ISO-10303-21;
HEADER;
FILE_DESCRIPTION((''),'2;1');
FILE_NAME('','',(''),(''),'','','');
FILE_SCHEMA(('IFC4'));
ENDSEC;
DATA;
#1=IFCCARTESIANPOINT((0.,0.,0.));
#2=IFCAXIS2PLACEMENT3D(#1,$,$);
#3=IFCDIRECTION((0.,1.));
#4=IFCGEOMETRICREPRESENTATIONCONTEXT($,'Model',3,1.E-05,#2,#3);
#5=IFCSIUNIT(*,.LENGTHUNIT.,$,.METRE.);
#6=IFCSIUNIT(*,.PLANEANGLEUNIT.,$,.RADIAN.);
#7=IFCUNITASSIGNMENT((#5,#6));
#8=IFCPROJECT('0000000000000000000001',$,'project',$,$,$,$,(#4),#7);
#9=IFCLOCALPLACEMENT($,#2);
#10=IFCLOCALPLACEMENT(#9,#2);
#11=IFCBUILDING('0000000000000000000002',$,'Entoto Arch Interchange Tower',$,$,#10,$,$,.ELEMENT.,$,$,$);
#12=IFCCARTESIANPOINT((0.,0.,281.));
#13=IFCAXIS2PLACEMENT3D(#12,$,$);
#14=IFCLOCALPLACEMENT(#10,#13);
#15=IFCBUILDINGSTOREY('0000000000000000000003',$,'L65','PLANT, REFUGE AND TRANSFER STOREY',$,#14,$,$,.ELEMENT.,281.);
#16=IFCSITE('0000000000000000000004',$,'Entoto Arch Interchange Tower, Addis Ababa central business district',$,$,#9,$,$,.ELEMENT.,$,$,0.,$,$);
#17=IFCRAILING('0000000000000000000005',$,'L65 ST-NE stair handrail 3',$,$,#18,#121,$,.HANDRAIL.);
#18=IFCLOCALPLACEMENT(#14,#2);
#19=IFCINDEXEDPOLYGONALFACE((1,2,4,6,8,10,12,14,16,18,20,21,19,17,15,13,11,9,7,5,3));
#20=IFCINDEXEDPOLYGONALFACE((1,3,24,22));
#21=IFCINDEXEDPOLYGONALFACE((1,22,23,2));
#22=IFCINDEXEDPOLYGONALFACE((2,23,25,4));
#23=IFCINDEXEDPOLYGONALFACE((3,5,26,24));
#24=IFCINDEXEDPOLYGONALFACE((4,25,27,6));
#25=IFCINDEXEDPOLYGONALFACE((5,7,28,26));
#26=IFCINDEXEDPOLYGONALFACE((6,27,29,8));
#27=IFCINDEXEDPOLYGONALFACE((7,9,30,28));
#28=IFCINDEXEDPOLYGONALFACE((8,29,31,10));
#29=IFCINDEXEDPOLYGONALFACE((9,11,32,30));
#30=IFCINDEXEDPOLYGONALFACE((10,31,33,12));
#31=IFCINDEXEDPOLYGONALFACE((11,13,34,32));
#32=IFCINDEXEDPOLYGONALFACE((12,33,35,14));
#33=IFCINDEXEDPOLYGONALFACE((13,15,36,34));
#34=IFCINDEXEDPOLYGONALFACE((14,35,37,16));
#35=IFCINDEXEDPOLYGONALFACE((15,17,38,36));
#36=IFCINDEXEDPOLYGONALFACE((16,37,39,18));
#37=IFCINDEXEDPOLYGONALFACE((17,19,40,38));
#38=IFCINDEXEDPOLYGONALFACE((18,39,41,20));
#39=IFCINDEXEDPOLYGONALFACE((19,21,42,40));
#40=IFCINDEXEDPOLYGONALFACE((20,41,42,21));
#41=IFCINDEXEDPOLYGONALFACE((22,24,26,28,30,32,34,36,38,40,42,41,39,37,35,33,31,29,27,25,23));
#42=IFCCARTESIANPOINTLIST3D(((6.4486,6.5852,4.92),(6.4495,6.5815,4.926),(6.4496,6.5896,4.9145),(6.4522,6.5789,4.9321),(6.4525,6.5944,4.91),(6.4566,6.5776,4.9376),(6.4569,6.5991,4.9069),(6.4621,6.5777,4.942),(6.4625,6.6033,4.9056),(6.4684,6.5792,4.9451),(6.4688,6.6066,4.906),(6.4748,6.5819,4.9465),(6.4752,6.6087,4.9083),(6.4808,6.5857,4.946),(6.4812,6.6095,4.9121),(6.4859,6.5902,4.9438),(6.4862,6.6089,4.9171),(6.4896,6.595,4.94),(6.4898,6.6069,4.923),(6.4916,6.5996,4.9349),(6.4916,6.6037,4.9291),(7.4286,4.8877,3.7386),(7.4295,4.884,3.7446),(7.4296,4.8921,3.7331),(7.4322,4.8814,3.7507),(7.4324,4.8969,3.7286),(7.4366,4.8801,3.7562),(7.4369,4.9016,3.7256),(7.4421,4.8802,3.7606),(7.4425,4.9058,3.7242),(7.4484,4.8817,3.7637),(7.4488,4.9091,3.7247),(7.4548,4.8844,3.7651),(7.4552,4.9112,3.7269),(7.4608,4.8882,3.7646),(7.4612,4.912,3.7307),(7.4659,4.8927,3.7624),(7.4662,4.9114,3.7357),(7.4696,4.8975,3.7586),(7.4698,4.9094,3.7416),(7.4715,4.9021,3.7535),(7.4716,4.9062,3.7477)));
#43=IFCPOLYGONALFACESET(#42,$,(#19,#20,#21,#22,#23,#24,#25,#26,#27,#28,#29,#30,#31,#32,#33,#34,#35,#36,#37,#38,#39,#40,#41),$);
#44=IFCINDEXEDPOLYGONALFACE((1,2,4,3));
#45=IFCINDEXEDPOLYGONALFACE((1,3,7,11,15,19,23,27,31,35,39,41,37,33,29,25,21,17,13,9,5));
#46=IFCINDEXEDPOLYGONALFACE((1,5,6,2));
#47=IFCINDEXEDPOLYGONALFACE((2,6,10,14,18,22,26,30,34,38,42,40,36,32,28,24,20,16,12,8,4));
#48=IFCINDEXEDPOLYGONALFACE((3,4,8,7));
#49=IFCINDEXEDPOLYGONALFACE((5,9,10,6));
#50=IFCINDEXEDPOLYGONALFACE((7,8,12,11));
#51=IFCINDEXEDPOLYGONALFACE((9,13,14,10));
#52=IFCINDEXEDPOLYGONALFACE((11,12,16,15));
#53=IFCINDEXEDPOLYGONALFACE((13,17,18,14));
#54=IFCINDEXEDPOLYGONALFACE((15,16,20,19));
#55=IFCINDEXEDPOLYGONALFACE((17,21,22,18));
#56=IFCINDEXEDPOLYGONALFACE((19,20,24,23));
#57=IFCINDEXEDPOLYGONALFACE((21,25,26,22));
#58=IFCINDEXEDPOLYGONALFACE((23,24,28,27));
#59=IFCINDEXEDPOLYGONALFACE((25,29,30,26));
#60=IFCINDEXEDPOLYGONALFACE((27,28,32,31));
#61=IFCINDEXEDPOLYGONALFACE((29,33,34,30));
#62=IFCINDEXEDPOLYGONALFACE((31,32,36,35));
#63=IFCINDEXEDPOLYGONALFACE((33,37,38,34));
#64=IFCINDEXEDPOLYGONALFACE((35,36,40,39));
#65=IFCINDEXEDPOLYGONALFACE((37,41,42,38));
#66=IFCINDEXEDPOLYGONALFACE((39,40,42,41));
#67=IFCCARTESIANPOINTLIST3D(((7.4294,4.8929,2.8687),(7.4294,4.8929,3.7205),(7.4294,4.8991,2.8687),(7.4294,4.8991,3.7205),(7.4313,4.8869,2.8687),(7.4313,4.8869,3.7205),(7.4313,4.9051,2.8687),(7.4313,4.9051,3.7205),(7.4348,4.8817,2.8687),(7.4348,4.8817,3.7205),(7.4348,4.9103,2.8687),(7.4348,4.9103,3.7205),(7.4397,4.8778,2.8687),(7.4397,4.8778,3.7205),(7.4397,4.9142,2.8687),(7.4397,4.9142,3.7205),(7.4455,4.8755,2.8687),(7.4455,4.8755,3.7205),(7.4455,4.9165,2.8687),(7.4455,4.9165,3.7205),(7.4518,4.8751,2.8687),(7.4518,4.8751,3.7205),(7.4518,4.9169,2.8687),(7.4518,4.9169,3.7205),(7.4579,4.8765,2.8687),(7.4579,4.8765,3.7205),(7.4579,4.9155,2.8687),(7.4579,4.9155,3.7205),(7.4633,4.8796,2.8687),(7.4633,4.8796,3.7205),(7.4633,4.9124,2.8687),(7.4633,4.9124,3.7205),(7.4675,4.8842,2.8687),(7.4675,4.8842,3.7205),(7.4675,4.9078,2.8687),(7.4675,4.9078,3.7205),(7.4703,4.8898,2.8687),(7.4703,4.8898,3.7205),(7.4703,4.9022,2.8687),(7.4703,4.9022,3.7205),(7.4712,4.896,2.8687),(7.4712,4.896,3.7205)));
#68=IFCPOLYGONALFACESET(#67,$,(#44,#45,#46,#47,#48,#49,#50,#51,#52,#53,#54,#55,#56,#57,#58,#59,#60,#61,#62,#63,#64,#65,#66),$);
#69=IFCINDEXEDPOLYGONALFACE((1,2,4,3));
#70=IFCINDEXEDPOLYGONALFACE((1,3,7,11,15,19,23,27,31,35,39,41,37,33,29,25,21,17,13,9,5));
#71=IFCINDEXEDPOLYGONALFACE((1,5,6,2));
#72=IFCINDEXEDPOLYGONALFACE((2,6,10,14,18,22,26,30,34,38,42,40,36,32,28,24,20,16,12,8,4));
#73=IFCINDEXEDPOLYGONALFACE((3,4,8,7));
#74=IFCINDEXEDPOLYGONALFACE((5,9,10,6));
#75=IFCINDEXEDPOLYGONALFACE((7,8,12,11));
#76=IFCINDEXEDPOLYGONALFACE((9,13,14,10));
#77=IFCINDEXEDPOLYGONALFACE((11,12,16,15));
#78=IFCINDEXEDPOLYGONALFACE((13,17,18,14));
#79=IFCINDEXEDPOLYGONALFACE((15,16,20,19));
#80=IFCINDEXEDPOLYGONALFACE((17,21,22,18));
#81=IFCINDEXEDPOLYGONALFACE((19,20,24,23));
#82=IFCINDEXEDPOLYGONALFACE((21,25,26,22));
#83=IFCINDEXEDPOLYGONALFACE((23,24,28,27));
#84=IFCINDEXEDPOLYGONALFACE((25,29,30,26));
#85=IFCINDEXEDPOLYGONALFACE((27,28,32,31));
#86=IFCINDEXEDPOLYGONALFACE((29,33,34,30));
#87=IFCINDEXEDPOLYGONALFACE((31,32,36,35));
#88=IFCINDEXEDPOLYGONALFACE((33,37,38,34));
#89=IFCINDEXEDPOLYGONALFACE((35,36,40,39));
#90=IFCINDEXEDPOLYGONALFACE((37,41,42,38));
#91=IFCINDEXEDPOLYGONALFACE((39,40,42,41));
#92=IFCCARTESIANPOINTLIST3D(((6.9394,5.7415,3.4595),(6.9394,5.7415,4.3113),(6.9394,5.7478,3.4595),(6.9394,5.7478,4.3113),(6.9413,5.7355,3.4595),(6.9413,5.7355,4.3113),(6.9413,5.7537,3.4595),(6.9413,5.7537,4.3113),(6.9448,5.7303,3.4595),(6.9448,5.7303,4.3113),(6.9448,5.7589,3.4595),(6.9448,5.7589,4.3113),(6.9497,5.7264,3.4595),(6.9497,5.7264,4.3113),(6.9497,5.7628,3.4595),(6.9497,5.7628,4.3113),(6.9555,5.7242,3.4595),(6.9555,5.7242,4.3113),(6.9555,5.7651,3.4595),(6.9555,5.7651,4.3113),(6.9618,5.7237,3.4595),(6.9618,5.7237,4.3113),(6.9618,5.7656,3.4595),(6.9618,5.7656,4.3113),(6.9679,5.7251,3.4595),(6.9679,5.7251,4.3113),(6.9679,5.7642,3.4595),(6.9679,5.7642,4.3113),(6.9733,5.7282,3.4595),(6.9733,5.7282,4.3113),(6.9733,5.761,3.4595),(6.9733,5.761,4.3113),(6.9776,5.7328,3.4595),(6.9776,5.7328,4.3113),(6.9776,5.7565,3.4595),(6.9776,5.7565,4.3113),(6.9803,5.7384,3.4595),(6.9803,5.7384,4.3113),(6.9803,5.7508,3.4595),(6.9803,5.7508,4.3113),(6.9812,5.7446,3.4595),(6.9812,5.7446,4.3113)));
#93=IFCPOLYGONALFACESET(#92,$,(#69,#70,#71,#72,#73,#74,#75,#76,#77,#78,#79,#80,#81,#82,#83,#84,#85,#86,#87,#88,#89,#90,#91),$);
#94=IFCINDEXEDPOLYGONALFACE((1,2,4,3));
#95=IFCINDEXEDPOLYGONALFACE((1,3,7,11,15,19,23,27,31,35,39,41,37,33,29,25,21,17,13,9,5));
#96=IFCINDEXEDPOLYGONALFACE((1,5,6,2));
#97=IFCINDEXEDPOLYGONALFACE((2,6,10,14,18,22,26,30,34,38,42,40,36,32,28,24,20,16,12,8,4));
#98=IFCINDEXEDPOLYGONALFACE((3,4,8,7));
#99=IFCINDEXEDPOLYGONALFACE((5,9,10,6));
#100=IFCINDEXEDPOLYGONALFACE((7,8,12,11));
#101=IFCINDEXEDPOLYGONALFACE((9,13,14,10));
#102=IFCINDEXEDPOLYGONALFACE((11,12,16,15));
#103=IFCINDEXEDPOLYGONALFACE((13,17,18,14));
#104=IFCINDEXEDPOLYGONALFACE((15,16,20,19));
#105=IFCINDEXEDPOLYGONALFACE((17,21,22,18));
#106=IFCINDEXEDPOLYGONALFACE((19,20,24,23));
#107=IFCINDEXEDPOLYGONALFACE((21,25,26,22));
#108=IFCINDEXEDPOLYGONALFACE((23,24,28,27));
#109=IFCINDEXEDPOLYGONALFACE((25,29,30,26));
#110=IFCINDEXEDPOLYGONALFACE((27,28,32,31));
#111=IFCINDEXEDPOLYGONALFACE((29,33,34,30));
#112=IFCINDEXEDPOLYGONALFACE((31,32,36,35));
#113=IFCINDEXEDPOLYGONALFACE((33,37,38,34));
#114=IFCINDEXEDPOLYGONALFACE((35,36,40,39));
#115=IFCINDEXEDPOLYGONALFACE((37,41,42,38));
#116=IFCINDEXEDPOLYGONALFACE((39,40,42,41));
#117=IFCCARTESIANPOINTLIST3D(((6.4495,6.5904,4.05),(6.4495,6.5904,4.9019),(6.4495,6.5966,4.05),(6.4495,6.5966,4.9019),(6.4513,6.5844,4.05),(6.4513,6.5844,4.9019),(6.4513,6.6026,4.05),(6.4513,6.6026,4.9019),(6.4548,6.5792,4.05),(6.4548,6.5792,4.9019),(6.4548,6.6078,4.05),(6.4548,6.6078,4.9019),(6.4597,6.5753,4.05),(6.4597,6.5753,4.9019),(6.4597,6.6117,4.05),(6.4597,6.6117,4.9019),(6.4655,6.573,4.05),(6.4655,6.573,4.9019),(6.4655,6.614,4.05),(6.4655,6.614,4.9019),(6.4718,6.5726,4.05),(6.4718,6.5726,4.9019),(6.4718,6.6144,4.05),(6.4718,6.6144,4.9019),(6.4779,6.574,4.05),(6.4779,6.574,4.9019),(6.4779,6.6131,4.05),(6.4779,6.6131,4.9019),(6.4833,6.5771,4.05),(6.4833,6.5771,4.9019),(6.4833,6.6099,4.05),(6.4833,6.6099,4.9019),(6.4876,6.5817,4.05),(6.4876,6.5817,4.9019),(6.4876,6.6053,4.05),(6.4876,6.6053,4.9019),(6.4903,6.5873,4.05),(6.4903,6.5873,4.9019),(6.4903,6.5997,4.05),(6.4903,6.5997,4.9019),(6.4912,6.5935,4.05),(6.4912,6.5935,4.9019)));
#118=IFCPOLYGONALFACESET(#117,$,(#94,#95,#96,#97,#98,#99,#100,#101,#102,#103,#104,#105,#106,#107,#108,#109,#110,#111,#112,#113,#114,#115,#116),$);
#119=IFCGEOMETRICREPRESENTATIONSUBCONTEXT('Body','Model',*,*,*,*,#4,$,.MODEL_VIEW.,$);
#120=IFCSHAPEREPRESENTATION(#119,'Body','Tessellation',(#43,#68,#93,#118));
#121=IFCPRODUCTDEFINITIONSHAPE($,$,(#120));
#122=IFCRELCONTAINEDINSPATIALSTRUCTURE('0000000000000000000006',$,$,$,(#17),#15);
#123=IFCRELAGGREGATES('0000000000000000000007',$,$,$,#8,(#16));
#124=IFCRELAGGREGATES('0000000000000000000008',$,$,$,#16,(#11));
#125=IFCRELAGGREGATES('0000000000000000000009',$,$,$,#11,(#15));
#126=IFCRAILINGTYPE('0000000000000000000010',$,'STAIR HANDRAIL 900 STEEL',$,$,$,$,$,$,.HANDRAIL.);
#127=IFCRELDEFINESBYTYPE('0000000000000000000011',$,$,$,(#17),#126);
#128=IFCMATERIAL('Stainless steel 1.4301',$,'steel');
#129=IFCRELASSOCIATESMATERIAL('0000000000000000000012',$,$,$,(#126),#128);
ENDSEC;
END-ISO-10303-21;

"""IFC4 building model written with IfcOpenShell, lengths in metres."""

from ifc_helpers import new_model, si_unit, direction, frame, origin, origin_2d, place, context, subcontext, project, spatial, circle, extrude, material, type_object, element, save


model = new_model("IFC4")

# Units and contexts
model_context = context("Model", 3, precision=1e-05, world=origin(), true_north=direction((0.0, 1.0)))
body_context = subcontext(model_context, "Body", "Model", "MODEL_VIEW")
ifc_project = project(units=[si_unit("LENGTHUNIT", "METRE"), si_unit("PLANEANGLEUNIT", "RADIAN")], contexts=[model_context])

# Site, building, storey
site_placement = place(None, origin())
site = spatial("IfcSite", under=ifc_project, at=site_placement, Name="Entoto Arch Interchange Tower, Addis Ababa central business district", CompositionType="ELEMENT", RefElevation=0.0)
building_placement = place(site_placement, origin())
building = spatial("IfcBuilding", under=site, at=building_placement, Name="Entoto Arch Interchange Tower", CompositionType="ELEMENT")
storey_placement = place(building_placement, frame((0.0, 0.0, 281.0)))
storey = spatial("IfcBuildingStorey", under=building, at=storey_placement, Name="L65", Description="PLANT, REFUGE AND TRANSFER STOREY", CompositionType="ELEMENT", Elevation=281.0)

# Railing
ifc_material_1 = material(Name="Stainless steel 1.4301", Category="steel")
railing_type_1 = type_object("IfcRailingType", Name="STAIR HANDRAIL 900 STEEL", PredefinedType="HANDRAIL", material=ifc_material_1)
for number, where, name in (
    (1, (7.4502, 4.896, 2.8687), "L65 ST-NE stair handrail 3"),
):
    element("IfcRailing", number, at=place(storey_placement, frame(where)), inside=storey, type_object=railing_type_1, Name=name, PredefinedType="HANDRAIL", context=body_context, shape_type="SweptSolid", body=[
        extrude(circle(Radius=0.0239, at=origin_2d()), frame((0.0, 0.0, 0.876), z_axis=(-0.428205, 0.741731, 0.516214), x_axis=(-0.866042, -0.49997, 0.0)), (0.0, 0.0, 1.0), 2.2886),
        extrude(circle(Radius=0.021, at=origin_2d()), origin(), (0.0, 0.0, 1.0), 0.8518),
        extrude(circle(Radius=0.021, at=origin_2d()), frame((-0.49, 0.8486, 0.5908)), (0.0, 0.0, 1.0), 0.8518),
        extrude(circle(Radius=0.021, at=origin_2d()), frame((-0.98, 1.6975, 1.1814)), (0.0, 0.0, 1.0), 0.8518),
    ])

save(model, "model.ifc")
